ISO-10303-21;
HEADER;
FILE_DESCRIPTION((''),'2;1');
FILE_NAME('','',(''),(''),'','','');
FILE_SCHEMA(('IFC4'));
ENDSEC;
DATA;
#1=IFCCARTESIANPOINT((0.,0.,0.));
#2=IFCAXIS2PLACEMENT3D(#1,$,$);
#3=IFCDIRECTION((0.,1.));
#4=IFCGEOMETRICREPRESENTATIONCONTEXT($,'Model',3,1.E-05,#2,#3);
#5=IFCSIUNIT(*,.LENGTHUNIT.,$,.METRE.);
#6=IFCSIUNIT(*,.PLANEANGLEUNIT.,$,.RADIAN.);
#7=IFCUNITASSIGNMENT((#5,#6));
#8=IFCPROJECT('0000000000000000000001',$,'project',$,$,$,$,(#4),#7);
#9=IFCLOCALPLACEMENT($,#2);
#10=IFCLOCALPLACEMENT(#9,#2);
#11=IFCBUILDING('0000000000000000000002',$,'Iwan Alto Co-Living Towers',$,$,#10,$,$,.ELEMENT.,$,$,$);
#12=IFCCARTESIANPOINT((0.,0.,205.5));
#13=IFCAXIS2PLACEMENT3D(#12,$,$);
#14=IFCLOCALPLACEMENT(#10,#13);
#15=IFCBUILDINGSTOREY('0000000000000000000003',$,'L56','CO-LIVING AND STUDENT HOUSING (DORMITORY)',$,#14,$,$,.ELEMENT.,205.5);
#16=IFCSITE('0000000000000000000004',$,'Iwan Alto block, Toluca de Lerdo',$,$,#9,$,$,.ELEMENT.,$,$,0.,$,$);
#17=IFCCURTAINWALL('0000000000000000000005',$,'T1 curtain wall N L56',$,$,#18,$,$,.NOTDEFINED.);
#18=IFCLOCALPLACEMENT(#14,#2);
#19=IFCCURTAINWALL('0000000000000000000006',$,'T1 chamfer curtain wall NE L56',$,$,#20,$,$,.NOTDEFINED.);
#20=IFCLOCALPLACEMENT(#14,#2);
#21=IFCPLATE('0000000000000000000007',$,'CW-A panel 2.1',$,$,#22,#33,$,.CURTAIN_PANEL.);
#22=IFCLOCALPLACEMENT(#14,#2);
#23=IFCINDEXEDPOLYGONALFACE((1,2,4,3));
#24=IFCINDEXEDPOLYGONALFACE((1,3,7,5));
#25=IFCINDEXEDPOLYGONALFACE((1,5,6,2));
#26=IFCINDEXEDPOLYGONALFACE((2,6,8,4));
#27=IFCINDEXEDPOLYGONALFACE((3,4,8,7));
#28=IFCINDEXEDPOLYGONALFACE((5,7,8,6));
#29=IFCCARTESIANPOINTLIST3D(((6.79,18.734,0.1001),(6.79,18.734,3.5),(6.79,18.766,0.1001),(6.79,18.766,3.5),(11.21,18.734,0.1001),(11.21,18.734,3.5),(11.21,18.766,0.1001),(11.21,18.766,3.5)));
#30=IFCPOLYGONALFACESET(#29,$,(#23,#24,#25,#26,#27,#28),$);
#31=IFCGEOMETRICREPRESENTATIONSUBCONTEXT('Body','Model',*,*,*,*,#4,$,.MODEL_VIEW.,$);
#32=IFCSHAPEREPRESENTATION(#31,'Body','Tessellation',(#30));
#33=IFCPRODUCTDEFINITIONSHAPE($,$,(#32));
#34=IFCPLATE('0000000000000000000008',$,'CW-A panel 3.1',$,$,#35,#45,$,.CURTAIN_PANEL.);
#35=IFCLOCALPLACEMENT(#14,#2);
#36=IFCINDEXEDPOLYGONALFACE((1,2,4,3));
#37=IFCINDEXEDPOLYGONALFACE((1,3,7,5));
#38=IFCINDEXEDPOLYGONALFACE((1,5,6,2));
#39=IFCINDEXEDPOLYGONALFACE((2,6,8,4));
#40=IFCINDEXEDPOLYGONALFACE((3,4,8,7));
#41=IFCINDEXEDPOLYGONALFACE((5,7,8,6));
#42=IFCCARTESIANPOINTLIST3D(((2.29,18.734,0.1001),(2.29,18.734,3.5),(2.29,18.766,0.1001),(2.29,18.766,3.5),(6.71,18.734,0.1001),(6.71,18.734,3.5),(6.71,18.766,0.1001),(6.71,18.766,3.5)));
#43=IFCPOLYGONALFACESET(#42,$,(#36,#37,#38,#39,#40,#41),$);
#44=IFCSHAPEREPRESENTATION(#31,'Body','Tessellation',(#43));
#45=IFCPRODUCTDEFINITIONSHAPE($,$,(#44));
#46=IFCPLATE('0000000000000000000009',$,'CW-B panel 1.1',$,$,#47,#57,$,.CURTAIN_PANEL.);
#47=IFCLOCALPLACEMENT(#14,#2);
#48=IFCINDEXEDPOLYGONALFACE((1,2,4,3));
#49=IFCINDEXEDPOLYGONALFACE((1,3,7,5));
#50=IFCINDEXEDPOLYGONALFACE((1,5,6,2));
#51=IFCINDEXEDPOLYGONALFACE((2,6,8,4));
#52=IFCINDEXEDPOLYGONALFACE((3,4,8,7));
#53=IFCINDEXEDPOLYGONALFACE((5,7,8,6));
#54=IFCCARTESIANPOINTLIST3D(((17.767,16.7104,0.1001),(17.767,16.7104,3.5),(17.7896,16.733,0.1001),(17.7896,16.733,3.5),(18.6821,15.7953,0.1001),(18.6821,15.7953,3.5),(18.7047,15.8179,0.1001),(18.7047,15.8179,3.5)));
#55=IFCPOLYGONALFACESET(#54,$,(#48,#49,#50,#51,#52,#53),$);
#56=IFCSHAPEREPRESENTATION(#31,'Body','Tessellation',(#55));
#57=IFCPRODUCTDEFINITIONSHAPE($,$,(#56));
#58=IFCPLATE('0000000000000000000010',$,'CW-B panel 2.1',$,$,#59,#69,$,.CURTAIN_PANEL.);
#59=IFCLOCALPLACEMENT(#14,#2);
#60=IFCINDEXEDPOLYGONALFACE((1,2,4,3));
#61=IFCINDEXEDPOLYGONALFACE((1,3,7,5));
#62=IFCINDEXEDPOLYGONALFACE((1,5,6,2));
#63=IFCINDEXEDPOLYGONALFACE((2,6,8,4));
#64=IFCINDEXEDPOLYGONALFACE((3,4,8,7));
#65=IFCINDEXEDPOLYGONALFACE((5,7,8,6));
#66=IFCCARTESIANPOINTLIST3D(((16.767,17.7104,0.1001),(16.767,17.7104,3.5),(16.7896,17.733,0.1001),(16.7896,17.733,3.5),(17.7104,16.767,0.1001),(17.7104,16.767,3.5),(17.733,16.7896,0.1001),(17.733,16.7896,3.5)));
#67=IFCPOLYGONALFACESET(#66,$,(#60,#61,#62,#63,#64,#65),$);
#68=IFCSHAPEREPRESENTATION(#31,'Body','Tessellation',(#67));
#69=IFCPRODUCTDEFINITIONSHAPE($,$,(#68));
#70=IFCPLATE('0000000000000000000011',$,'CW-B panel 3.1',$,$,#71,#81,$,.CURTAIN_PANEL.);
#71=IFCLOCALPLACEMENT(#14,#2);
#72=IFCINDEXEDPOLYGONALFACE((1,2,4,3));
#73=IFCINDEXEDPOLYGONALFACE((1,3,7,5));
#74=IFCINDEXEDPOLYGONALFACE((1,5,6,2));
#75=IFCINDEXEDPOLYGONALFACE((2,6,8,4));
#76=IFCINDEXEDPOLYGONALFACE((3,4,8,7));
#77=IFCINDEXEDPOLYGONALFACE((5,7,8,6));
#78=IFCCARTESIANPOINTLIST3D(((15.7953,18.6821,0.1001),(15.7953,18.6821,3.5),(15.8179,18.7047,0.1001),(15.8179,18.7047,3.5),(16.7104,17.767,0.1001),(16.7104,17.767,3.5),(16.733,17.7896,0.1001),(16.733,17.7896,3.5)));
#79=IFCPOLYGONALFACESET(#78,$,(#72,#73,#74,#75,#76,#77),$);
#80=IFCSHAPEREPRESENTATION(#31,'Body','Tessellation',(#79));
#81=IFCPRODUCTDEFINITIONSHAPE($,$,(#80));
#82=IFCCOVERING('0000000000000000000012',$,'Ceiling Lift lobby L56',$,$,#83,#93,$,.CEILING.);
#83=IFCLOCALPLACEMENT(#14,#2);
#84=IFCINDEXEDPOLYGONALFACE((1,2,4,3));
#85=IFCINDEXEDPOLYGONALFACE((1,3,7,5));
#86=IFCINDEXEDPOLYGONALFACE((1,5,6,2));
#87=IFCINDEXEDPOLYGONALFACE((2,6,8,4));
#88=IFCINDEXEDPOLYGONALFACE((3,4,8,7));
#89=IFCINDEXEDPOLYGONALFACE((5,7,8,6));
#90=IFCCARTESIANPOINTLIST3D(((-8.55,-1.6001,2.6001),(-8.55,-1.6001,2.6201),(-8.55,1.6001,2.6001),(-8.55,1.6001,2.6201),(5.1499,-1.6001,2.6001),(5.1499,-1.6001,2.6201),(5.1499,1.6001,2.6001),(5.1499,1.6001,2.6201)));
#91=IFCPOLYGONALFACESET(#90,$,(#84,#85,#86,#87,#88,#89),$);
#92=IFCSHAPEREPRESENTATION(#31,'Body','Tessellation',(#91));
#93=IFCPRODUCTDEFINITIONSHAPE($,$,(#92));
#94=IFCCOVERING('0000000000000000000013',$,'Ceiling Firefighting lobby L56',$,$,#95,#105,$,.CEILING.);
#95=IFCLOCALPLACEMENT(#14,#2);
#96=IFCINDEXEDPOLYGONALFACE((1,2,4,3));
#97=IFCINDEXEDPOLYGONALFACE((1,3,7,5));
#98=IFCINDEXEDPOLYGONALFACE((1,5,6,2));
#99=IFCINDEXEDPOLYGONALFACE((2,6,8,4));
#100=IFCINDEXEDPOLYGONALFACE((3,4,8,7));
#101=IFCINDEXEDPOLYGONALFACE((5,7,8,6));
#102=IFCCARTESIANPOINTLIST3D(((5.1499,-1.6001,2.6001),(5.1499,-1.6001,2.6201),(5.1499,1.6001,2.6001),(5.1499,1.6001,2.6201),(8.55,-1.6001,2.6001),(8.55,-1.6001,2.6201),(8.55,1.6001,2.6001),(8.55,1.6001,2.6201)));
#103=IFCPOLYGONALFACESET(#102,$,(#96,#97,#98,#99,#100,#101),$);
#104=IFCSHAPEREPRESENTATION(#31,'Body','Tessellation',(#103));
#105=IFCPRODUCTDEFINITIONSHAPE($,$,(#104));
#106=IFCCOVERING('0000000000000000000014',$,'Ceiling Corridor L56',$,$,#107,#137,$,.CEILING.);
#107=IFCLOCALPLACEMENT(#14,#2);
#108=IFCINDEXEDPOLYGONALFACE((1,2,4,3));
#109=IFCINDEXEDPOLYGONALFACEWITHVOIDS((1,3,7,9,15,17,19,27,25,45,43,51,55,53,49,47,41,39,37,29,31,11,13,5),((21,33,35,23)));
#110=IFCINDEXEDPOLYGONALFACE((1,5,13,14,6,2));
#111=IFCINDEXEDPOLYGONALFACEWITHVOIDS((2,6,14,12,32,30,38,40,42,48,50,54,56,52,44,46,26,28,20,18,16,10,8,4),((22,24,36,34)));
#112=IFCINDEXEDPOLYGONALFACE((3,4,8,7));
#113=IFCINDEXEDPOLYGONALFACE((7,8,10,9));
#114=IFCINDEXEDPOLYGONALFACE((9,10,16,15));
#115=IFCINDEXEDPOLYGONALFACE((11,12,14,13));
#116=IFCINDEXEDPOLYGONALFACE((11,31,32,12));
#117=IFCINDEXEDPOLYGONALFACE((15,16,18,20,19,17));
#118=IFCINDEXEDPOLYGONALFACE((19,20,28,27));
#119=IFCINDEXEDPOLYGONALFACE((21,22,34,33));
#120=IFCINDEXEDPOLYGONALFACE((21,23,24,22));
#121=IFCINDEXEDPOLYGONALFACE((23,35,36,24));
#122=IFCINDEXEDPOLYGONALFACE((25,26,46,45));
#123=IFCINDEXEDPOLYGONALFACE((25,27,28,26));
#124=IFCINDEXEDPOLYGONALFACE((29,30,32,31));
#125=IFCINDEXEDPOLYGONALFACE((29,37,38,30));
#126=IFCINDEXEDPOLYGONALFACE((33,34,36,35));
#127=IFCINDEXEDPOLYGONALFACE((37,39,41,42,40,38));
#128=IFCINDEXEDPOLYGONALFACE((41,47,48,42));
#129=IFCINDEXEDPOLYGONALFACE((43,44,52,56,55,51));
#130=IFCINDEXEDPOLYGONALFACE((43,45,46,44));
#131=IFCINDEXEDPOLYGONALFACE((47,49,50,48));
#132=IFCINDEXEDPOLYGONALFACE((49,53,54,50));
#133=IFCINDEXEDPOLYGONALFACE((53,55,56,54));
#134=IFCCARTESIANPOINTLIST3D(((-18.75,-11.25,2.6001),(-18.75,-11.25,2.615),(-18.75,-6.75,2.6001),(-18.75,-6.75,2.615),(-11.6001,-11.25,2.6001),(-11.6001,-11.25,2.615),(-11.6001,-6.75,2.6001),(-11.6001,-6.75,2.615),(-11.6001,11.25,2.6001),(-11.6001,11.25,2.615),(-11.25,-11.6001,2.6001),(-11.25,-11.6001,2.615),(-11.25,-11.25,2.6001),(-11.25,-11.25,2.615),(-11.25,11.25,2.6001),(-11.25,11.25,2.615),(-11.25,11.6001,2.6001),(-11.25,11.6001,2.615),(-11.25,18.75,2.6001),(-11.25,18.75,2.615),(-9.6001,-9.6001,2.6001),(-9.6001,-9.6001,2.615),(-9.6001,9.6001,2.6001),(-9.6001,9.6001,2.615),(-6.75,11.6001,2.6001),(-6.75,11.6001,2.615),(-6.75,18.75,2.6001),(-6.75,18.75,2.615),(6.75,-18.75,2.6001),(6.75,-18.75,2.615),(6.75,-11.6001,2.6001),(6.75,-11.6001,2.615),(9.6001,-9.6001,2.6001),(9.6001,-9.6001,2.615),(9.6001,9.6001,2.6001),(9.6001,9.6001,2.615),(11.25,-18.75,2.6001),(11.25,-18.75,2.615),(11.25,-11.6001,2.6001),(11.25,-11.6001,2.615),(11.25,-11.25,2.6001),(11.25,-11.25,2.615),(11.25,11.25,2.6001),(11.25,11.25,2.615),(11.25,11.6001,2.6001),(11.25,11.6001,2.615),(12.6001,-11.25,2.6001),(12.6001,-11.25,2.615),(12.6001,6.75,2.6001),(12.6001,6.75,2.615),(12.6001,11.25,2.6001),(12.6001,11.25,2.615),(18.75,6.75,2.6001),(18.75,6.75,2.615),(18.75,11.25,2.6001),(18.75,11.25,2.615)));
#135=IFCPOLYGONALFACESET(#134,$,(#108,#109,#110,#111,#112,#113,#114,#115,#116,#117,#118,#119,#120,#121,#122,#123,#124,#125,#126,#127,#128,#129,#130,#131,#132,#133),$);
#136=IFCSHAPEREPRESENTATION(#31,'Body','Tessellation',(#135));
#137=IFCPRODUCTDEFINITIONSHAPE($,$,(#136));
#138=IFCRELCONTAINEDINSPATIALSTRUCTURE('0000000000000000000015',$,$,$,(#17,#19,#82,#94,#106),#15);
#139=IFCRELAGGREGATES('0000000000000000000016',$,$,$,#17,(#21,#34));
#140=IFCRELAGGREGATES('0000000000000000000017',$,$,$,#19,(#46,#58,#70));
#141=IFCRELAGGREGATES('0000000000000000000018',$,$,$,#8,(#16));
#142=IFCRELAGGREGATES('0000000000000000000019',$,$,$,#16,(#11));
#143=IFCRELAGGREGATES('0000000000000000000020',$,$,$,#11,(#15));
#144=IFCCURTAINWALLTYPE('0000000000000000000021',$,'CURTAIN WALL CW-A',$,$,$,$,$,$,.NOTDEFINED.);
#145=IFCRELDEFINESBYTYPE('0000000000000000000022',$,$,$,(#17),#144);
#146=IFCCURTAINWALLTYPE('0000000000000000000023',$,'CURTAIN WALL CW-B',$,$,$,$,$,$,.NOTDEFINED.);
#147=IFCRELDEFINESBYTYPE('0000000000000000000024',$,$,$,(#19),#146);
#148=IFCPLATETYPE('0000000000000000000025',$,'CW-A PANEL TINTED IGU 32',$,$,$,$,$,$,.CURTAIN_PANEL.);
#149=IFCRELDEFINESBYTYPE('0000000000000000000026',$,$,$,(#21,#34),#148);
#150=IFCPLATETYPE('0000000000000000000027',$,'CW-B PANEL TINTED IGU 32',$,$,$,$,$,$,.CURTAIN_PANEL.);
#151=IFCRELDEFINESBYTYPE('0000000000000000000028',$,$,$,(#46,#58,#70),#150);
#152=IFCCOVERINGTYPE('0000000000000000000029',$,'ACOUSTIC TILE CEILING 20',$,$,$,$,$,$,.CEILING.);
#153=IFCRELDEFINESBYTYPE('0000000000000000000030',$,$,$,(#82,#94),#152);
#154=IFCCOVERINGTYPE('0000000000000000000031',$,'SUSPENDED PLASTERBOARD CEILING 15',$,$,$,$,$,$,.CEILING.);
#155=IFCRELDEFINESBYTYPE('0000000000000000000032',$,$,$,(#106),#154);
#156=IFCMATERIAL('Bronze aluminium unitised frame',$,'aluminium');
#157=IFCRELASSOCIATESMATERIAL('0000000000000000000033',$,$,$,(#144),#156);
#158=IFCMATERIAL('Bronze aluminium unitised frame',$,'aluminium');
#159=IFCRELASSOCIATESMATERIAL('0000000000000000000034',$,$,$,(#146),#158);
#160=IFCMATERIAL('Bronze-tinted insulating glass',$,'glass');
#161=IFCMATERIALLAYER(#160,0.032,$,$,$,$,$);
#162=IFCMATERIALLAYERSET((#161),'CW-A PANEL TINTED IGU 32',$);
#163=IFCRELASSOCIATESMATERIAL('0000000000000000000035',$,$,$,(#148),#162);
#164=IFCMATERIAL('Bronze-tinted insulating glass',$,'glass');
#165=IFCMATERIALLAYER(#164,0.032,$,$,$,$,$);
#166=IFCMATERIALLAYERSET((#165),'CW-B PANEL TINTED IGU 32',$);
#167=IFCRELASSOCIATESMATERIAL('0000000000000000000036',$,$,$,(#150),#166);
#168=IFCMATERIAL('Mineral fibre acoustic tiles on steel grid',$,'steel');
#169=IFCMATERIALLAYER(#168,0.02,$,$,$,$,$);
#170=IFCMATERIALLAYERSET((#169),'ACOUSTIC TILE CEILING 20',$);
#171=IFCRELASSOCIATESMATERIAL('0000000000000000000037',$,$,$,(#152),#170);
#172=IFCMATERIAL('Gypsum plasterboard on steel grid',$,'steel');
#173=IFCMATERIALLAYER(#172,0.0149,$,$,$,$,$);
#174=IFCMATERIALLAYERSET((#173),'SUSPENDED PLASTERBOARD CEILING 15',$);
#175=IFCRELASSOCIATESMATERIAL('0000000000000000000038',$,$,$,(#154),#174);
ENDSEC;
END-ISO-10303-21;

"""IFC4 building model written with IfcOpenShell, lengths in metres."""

from ifc_helpers import new_model, si_unit, direction, frame, origin, origin_2d, place, context, subcontext, project, spatial, polyline, rectangle, outline, extrude, material, layer, layer_set, type_object, element, aggregate, save


model = new_model("IFC4")

# Units and contexts
model_context = context("Model", 3, precision=1e-05, world=origin(), true_north=direction((0.0, 1.0)))
body_context = subcontext(model_context, "Body", "Model", "MODEL_VIEW")
ifc_project = project(units=[si_unit("LENGTHUNIT", "METRE"), si_unit("PLANEANGLEUNIT", "RADIAN")], contexts=[model_context])

# Site, building, storey
site_placement = place(None, origin())
site = spatial("IfcSite", under=ifc_project, at=site_placement, Name="Iwan Alto block, Toluca de Lerdo", CompositionType="ELEMENT", RefElevation=0.0)
building_placement = place(site_placement, origin())
building = spatial("IfcBuilding", under=site, at=building_placement, Name="Iwan Alto Co-Living Towers", CompositionType="ELEMENT")
storey_placement = place(building_placement, frame((0.0, 0.0, 205.5)))
storey = spatial("IfcBuildingStorey", under=building, at=storey_placement, Name="L56", Description="CO-LIVING AND STUDENT HOUSING (DORMITORY)", CompositionType="ELEMENT", Elevation=205.5)

# Curtain walls
ifc_material_1 = material(Name="Bronze aluminium unitised frame", Category="aluminium")
curtain_wall_type_1 = type_object("IfcCurtainWallType", Name="CURTAIN WALL CW-A", PredefinedType="NOTDEFINED", material=ifc_material_1)
curtain_wall_1_placement = place(storey_placement, origin())
curtain_wall_1 = element("IfcCurtainWall", 1, at=curtain_wall_1_placement, inside=storey, type_object=curtain_wall_type_1, Name="T1 curtain wall N L56", PredefinedType="NOTDEFINED")
ifc_material_2 = material(Name="Bronze aluminium unitised frame", Category="aluminium")
curtain_wall_type_2 = type_object("IfcCurtainWallType", Name="CURTAIN WALL CW-B", PredefinedType="NOTDEFINED", material=ifc_material_2)
curtain_wall_2_placement = place(storey_placement, origin())
curtain_wall_2 = element("IfcCurtainWall", 2, at=curtain_wall_2_placement, inside=storey, type_object=curtain_wall_type_2, Name="T1 chamfer curtain wall NE L56", PredefinedType="NOTDEFINED")

# Plates
ifc_material_3 = material(Name="Bronze-tinted insulating glass", Category="glass")
ifc_layer_1 = layer(ifc_material_3, 0.032)
ifc_layer_set_1 = layer_set([ifc_layer_1], Name="CW-A PANEL TINTED IGU 32")
plate_type_1 = type_object("IfcPlateType", Name="CW-A PANEL TINTED IGU 32", PredefinedType="CURTAIN_PANEL", material=ifc_layer_set_1)
plate_1_placement = place(storey_placement, frame((9.0, 18.75, 0.1001), z_axis=(0.0, 0.0, 1.0), x_axis=(-1.0, 0.0, 0.0)))
plate_1 = element("IfcPlate", 3, at=plate_1_placement, type_object=plate_type_1, Name="CW-A panel 2.1", PredefinedType="CURTAIN_PANEL", context=body_context, shape_type="SweptSolid", body=[
    extrude(rectangle(XDim=4.4199, YDim=0.032, at=origin_2d()), origin(), (0.0, 0.0, 1.0), 3.3999),
])
plate_2_placement = place(storey_placement, frame((4.5, 18.75, 0.1001), z_axis=(0.0, 0.0, 1.0), x_axis=(-1.0, 0.0, 0.0)))
plate_2 = element("IfcPlate", 4, at=plate_2_placement, type_object=plate_type_1, Name="CW-A panel 3.1", PredefinedType="CURTAIN_PANEL", context=body_context, shape_type="SweptSolid", body=[
    extrude(rectangle(XDim=4.4199, YDim=0.032, at=origin_2d()), origin(), (0.0, 0.0, 1.0), 3.3999),
])
aggregate(curtain_wall_1, [plate_1, plate_2])
ifc_material_4 = material(Name="Bronze-tinted insulating glass", Category="glass")
ifc_layer_2 = layer(ifc_material_4, 0.032)
ifc_layer_set_2 = layer_set([ifc_layer_2], Name="CW-B PANEL TINTED IGU 32")
plate_type_2 = type_object("IfcPlateType", Name="CW-B PANEL TINTED IGU 32", PredefinedType="CURTAIN_PANEL", material=ifc_layer_set_2)
plate_3_placement = place(storey_placement, frame((18.2358, 16.2642, 0.1001), z_axis=(0.0, 0.0, 1.0), x_axis=(-0.707107, 0.707107, 0.0)))
plate_3 = element("IfcPlate", 5, at=plate_3_placement, type_object=plate_type_2, Name="CW-B panel 1.1", PredefinedType="CURTAIN_PANEL", context=body_context, shape_type="SweptSolid", body=[
    extrude(rectangle(XDim=1.2942, YDim=0.032, at=origin_2d()), origin(), (0.0, 0.0, 1.0), 3.3999),
])
plate_4_placement = place(storey_placement, frame((17.25, 17.25, 0.1001), z_axis=(0.0, 0.0, 1.0), x_axis=(-0.707107, 0.707107, 0.0)))
plate_4 = element("IfcPlate", 6, at=plate_4_placement, type_object=plate_type_2, Name="CW-B panel 2.1", PredefinedType="CURTAIN_PANEL", context=body_context, shape_type="SweptSolid", body=[
    extrude(rectangle(XDim=1.3342, YDim=0.032, at=origin_2d()), origin(), (0.0, 0.0, 1.0), 3.3999),
])
plate_5_placement = place(storey_placement, frame((16.2642, 18.2358, 0.1001), z_axis=(0.0, 0.0, 1.0), x_axis=(-0.707107, 0.707107, 0.0)))
plate_5 = element("IfcPlate", 7, at=plate_5_placement, type_object=plate_type_2, Name="CW-B panel 3.1", PredefinedType="CURTAIN_PANEL", context=body_context, shape_type="SweptSolid", body=[
    extrude(rectangle(XDim=1.2942, YDim=0.032, at=origin_2d()), origin(), (0.0, 0.0, 1.0), 3.3999),
])
aggregate(curtain_wall_2, [plate_3, plate_4, plate_5])

# Coverings
ifc_material_5 = material(Name="Mineral fibre acoustic tiles on steel grid", Category="steel")
ifc_layer_3 = layer(ifc_material_5, 0.02)
ifc_layer_set_3 = layer_set([ifc_layer_3], Name="ACOUSTIC TILE CEILING 20")
covering_type_1 = type_object("IfcCoveringType", Name="ACOUSTIC TILE CEILING 20", PredefinedType="CEILING", material=ifc_layer_set_3)
covering_1_placement = place(storey_placement, frame((0.0, 0.0, 2.6001)))
element("IfcCovering", 8, at=covering_1_placement, inside=storey, type_object=covering_type_1, Name="Ceiling Lift lobby L56", PredefinedType="CEILING", context=body_context, shape_type="SweptSolid", body=[
    extrude(outline(polyline([(-8.55, -1.6001), (-8.55, 1.6001), (5.1499, 1.6001), (5.1499, -1.6001), (-8.55, -1.6001)])), origin(), (0.0, 0.0, 1.0), 0.02),
])
covering_2_placement = place(storey_placement, frame((0.0, 0.0, 2.6001)))
element("IfcCovering", 9, at=covering_2_placement, inside=storey, type_object=covering_type_1, Name="Ceiling Firefighting lobby L56", PredefinedType="CEILING", context=body_context, shape_type="SweptSolid", body=[
    extrude(outline(polyline([(5.1499, -1.6001), (5.1499, 1.6001), (8.55, 1.6001), (8.55, -1.6001), (5.1499, -1.6001)])), origin(), (0.0, 0.0, 1.0), 0.02),
])
ifc_material_6 = material(Name="Gypsum plasterboard on steel grid", Category="steel")
ifc_layer_4 = layer(ifc_material_6, 0.0149)
ifc_layer_set_4 = layer_set([ifc_layer_4], Name="SUSPENDED PLASTERBOARD CEILING 15")
covering_type_2 = type_object("IfcCoveringType", Name="SUSPENDED PLASTERBOARD CEILING 15", PredefinedType="CEILING", material=ifc_layer_set_4)
covering_3_placement = place(storey_placement, frame((0.0, 0.0, 2.6001)))
element("IfcCovering", 10, at=covering_3_placement, inside=storey, type_object=covering_type_2, Name="Ceiling Corridor L56", PredefinedType="CEILING", context=body_context, shape_type="SweptSolid", body=[
    extrude(outline(polyline([(-18.75, -11.25), (-18.75, -6.75), (-11.6001, -6.75), (-11.6001, 11.25), (-11.25, 11.25), (-11.25, 11.6001), (-11.25, 18.75), (-6.75, 18.75), (-6.75, 11.6001), (11.25, 11.6001), (11.25, 11.25), (12.6001, 11.25), (18.75, 11.25), (18.75, 6.75), (12.6001, 6.75), (12.6001, -11.25), (11.25, -11.25), (11.25, -11.6001), (11.25, -18.75), (6.75, -18.75), (6.75, -11.6001), (-11.25, -11.6001), (-11.25, -11.25), (-11.6001, -11.25), (-18.75, -11.25)]), holes=[polyline([(9.6001, 9.6001), (-9.6001, 9.6001), (-9.6001, -9.6001), (9.6001, -9.6001), (9.6001, 9.6001)])]), origin(), (0.0, 0.0, 1.0), 0.0149),
])

save(model, "model.ifc")
